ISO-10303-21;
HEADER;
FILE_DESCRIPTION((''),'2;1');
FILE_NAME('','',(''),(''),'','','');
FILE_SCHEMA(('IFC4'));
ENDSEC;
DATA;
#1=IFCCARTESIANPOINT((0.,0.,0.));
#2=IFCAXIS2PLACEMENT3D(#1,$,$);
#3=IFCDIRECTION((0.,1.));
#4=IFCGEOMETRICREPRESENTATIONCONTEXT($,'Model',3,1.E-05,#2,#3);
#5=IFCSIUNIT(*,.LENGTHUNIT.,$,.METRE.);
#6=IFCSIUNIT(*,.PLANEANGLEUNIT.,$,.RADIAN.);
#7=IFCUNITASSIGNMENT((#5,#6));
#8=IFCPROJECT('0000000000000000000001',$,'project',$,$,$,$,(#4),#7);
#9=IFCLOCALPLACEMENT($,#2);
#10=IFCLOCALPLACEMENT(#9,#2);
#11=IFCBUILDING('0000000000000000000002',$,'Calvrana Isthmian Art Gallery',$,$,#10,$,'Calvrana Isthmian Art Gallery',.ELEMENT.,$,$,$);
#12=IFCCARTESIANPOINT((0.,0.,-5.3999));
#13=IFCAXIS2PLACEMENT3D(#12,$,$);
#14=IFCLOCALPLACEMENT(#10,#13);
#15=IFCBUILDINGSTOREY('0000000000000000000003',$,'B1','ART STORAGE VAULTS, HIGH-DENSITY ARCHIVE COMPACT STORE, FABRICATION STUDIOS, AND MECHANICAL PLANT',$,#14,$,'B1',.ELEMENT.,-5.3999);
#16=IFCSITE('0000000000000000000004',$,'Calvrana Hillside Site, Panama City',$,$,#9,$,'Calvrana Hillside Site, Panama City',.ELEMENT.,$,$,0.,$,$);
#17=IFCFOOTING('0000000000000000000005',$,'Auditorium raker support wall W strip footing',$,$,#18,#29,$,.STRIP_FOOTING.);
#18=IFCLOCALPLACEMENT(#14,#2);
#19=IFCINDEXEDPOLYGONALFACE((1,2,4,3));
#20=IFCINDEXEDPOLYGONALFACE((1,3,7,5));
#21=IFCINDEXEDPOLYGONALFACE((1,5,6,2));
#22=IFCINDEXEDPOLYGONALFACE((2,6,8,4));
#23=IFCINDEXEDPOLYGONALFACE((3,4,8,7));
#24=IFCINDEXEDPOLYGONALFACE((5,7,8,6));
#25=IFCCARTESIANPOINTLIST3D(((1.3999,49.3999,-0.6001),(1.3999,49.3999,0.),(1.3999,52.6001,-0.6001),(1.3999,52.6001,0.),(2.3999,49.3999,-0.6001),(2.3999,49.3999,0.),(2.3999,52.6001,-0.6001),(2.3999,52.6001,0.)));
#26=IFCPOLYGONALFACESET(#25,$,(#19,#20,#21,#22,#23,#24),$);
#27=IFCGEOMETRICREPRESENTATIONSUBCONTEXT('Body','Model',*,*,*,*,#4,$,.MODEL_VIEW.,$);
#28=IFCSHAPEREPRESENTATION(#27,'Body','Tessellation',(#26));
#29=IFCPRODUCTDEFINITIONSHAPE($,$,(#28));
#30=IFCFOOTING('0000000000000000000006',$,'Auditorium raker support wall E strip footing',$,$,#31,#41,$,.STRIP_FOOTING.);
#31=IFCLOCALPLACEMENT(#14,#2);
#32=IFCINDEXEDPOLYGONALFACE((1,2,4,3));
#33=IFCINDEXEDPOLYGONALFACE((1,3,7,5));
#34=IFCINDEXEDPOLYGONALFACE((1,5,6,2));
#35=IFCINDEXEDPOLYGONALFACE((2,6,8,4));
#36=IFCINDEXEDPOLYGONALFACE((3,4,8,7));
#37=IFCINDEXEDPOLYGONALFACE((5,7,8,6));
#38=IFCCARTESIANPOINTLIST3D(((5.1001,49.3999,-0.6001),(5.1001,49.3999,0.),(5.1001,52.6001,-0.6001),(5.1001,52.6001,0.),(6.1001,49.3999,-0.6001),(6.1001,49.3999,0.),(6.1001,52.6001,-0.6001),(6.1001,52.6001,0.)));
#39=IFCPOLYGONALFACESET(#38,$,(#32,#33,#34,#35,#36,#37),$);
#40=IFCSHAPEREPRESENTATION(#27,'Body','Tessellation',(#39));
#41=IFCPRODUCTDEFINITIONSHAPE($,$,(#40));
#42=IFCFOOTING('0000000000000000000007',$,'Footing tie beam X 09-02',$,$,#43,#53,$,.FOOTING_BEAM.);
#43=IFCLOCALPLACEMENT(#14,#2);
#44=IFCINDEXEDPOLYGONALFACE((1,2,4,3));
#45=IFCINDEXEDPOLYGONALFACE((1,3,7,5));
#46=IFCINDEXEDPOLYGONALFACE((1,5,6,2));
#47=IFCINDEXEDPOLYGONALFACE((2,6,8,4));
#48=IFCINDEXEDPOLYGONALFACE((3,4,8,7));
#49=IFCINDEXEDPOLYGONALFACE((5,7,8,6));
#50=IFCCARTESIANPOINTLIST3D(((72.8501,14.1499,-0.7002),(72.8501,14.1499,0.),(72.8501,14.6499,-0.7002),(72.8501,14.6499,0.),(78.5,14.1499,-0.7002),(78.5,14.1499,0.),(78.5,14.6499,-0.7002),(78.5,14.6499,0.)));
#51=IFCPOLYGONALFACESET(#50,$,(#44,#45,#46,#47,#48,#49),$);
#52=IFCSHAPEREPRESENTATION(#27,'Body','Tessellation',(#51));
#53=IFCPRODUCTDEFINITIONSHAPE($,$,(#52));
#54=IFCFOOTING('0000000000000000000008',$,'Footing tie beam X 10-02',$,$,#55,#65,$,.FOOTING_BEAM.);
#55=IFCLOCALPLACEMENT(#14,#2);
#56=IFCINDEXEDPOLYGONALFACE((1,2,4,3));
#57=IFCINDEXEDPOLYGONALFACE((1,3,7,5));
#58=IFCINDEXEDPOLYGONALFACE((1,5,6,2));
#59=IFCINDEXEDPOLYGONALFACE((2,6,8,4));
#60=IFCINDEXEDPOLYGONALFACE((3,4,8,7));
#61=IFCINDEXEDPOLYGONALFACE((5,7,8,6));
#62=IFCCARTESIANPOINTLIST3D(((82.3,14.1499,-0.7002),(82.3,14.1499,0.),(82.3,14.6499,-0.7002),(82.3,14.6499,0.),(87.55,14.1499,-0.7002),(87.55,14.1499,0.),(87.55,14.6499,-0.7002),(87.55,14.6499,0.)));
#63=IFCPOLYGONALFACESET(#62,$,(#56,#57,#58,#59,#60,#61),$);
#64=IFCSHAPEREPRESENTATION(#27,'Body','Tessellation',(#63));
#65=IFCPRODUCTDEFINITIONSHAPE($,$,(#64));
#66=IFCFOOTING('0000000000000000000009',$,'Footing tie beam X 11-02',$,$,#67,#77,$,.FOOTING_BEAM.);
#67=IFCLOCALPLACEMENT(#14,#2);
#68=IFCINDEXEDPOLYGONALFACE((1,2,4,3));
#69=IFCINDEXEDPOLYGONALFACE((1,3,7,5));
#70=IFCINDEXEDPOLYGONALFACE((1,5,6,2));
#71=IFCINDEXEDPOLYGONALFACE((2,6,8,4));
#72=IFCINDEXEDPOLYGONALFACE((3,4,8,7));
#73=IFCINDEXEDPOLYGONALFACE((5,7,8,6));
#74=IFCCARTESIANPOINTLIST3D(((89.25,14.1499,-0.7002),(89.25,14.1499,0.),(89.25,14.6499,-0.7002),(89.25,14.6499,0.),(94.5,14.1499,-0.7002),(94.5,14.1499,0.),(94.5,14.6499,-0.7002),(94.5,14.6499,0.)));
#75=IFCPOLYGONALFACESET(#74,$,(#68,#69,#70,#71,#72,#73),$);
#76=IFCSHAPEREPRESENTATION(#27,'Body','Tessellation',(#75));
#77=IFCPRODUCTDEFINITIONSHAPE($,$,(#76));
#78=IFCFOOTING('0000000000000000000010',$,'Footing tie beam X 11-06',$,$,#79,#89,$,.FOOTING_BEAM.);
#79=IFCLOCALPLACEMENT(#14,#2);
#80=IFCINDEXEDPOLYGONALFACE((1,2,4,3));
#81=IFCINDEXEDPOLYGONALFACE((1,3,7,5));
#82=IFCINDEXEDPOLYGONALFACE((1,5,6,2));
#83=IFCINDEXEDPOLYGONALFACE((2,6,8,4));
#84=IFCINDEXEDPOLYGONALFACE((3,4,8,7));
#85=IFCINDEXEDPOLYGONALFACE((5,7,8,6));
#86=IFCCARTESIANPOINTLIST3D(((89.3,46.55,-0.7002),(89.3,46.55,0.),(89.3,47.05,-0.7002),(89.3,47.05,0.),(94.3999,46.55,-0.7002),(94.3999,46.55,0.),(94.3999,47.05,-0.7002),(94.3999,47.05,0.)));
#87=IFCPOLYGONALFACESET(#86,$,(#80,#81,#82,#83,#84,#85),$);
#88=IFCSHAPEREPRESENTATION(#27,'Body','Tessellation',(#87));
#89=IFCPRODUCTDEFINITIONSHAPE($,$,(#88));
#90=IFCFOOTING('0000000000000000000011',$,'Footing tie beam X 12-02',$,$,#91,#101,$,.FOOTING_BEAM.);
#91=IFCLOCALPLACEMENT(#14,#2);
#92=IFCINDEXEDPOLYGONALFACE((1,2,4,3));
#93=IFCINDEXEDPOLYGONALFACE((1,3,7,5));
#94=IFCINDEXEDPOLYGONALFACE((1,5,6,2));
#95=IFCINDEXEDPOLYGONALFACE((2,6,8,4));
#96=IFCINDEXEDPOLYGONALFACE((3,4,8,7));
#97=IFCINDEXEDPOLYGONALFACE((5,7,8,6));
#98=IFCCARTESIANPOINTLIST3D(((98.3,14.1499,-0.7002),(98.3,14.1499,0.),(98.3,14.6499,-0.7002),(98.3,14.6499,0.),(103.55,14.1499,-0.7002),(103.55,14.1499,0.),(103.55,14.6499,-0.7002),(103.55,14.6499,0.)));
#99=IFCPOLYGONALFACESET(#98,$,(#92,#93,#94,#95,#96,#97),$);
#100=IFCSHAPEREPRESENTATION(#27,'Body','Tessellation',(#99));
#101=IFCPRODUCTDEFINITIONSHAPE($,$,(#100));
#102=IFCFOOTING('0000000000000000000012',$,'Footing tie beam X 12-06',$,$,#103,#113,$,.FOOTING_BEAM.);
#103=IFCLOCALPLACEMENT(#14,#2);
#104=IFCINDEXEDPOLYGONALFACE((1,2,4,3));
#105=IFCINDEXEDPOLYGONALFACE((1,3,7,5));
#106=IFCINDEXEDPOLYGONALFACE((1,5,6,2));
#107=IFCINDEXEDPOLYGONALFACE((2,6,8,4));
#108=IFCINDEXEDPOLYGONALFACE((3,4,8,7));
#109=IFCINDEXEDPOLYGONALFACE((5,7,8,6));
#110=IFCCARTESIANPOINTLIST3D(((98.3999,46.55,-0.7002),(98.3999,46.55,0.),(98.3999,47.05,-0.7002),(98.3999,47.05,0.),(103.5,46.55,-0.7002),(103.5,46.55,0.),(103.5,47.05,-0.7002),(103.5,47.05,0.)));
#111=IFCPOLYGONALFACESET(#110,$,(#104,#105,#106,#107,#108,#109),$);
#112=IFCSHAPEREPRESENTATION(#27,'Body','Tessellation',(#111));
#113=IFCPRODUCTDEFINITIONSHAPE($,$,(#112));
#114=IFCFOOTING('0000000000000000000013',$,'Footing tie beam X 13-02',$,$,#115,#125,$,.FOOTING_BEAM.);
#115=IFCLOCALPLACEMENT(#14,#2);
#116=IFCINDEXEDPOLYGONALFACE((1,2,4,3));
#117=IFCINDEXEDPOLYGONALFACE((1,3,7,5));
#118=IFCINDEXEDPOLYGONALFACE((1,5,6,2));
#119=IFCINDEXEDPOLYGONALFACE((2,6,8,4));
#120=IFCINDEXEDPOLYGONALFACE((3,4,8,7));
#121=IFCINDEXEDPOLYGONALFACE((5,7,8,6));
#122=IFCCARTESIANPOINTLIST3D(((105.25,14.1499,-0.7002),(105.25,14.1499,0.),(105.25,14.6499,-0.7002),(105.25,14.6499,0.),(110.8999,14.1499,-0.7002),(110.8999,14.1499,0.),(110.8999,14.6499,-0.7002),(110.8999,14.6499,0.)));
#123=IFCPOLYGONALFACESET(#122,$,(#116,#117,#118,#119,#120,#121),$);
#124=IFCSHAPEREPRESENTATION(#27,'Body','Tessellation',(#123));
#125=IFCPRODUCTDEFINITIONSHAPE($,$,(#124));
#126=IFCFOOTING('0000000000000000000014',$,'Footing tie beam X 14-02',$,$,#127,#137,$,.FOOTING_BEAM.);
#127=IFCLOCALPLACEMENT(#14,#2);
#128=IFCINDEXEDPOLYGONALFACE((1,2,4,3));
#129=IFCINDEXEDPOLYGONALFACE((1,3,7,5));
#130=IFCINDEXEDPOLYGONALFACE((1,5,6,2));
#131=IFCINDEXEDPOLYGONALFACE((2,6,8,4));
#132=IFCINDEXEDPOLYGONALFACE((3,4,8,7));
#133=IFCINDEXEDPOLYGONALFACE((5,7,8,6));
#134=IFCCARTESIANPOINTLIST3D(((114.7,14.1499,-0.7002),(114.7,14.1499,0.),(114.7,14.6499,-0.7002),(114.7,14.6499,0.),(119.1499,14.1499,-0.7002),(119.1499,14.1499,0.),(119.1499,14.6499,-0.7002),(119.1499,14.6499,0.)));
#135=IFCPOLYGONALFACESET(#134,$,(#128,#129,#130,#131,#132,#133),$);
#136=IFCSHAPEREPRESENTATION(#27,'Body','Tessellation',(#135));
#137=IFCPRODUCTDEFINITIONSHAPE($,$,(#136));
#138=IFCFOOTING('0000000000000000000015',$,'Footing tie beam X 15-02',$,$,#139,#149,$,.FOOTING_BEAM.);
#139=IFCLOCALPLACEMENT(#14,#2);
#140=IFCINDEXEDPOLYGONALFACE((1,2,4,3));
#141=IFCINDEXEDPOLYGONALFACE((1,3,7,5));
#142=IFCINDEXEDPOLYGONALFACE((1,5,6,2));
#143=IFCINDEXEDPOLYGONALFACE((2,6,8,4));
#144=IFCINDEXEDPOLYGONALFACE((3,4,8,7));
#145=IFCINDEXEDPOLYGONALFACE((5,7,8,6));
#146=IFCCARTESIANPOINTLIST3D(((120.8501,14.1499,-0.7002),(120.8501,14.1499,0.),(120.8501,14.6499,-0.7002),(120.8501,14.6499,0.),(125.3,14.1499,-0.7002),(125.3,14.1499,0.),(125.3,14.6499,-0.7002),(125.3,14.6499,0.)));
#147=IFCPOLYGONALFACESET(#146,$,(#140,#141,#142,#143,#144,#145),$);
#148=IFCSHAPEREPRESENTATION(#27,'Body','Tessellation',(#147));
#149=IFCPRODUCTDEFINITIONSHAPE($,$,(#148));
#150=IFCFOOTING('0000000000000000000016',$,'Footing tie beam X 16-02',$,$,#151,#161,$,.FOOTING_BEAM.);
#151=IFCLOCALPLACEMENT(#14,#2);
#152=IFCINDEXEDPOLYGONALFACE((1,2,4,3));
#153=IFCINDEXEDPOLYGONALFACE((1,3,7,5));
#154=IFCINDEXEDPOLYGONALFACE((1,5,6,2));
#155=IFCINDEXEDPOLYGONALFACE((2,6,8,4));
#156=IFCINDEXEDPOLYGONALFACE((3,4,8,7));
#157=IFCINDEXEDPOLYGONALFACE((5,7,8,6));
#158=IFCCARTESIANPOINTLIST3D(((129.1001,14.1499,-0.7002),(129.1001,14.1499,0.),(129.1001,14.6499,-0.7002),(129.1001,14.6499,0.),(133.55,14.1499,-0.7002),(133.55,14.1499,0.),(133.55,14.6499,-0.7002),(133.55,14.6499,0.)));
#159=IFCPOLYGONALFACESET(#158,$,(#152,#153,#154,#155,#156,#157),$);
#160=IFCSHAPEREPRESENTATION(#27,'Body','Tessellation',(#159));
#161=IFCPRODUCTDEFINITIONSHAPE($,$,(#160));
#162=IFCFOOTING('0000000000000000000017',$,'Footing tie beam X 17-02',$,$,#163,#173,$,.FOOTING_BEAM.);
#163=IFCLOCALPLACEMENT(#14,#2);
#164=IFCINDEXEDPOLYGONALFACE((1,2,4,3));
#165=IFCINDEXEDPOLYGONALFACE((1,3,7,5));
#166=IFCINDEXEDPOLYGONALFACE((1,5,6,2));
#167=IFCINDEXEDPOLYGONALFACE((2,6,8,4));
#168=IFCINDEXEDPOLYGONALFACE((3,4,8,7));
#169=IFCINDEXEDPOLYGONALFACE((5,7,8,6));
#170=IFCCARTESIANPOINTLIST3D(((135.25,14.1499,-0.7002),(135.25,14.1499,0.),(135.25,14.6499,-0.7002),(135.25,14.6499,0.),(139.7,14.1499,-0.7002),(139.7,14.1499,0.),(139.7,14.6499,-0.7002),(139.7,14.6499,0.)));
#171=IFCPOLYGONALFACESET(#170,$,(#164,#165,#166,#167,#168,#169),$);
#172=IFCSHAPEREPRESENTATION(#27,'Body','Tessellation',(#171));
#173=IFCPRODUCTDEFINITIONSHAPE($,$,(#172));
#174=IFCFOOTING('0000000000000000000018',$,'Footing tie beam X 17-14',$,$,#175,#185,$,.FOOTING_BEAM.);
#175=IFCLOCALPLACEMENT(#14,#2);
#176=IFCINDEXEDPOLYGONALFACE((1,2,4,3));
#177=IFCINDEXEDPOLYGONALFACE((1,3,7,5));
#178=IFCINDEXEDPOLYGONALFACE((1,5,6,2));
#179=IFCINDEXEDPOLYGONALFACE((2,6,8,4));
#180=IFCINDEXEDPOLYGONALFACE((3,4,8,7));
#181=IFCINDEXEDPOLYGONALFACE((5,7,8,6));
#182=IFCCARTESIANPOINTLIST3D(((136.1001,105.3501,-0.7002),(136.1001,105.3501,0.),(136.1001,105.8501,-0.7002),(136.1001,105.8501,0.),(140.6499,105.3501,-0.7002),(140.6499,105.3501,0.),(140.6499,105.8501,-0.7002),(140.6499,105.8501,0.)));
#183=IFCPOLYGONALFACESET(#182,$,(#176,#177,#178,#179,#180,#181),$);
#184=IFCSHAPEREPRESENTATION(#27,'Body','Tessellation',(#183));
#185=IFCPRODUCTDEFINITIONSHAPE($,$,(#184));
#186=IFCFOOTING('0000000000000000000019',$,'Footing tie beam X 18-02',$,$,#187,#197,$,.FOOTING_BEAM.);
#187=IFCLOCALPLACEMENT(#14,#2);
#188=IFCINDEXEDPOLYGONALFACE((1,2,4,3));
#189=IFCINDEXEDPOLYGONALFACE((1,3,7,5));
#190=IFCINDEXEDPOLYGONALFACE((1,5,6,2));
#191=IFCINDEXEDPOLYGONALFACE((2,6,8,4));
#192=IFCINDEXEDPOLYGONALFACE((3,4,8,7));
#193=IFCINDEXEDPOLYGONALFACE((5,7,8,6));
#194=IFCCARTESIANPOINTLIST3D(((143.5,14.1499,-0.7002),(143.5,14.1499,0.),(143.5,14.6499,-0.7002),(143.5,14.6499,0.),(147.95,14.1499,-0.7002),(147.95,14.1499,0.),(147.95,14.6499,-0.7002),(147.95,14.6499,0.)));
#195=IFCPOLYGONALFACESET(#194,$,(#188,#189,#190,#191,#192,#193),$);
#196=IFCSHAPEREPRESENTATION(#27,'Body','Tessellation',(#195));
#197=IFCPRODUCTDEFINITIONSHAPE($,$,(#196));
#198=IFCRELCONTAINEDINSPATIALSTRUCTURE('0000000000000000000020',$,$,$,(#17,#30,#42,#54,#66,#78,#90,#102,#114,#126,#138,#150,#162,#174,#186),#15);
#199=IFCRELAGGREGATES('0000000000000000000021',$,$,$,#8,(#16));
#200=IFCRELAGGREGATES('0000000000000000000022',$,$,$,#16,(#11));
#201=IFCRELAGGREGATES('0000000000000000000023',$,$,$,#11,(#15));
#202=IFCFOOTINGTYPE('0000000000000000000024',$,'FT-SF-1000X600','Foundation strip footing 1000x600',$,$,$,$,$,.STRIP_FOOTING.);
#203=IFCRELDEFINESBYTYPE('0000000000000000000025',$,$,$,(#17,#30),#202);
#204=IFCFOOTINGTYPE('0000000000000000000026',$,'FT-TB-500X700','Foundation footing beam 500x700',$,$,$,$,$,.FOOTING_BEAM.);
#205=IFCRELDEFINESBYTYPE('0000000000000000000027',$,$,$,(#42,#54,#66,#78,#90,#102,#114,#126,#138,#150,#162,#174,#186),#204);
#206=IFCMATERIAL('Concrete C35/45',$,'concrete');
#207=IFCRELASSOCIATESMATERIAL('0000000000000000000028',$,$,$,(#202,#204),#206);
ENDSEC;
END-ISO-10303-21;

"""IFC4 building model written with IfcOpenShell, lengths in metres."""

from ifc_helpers import new_model, si_unit, direction, frame, origin, place, context, subcontext, project, spatial, polyline, outline, extrude, material, type_object, element, save


model = new_model("IFC4")

# Units and contexts
model_context = context("Model", 3, precision=1e-05, world=origin(), true_north=direction((0.0, 1.0)))
body_context = subcontext(model_context, "Body", "Model", "MODEL_VIEW")
ifc_project = project(units=[si_unit("LENGTHUNIT", "METRE"), si_unit("PLANEANGLEUNIT", "RADIAN")], contexts=[model_context])

# Site, building, storey
site_placement = place(None, origin())
site = spatial("IfcSite", under=ifc_project, at=site_placement, Name="Calvrana Hillside Site, Panama City", LongName="Calvrana Hillside Site, Panama City", CompositionType="ELEMENT", RefElevation=0.0)
building_placement = place(site_placement, origin())
building = spatial("IfcBuilding", under=site, at=building_placement, Name="Calvrana Isthmian Art Gallery", LongName="Calvrana Isthmian Art Gallery", CompositionType="ELEMENT")
storey_placement = place(building_placement, frame((0.0, 0.0, -5.3999)))
storey = spatial("IfcBuildingStorey", under=building, at=storey_placement, Name="B1", Description="ART STORAGE VAULTS, HIGH-DENSITY ARCHIVE COMPACT STORE, FABRICATION STUDIOS, AND MECHANICAL PLANT", LongName="B1", CompositionType="ELEMENT", Elevation=-5.3999)

# Footings
ifc_material = material(Name="Concrete C35/45", Category="concrete")
footing_type_1 = type_object("IfcFootingType", Name="FT-SF-1000X600", Description="Foundation strip footing 1000x600", PredefinedType="STRIP_FOOTING", material=ifc_material)
footing_1_placement = place(storey_placement, frame((0.0, 0.0, -0.6001)))
element("IfcFooting", 1, at=footing_1_placement, inside=storey, type_object=footing_type_1, Name="Auditorium raker support wall W strip footing", PredefinedType="STRIP_FOOTING", context=body_context, shape_type="SweptSolid", body=[
    extrude(outline(polyline([(2.3999, 49.3999), (2.3999, 52.6001), (1.3999, 52.6001), (1.3999, 49.3999), (2.3999, 49.3999)])), origin(), (0.0, 0.0, 1.0), 0.6001),
])
footing_2_placement = place(storey_placement, frame((0.0, 0.0, -0.6001)))
element("IfcFooting", 2, at=footing_2_placement, inside=storey, type_object=footing_type_1, Name="Auditorium raker support wall E strip footing", PredefinedType="STRIP_FOOTING", context=body_context, shape_type="SweptSolid", body=[
    extrude(outline(polyline([(6.1001, 49.3999), (6.1001, 52.6001), (5.1001, 52.6001), (5.1001, 49.3999), (6.1001, 49.3999)])), origin(), (0.0, 0.0, 1.0), 0.6001),
])
footing_type_2 = type_object("IfcFootingType", Name="FT-TB-500X700", Description="Foundation footing beam 500x700", PredefinedType="FOOTING_BEAM", material=ifc_material)
footing_3_placement = place(storey_placement, frame((0.0, 0.0, -0.7002)))
element("IfcFooting", 3, at=footing_3_placement, inside=storey, type_object=footing_type_2, Name="Footing tie beam X 09-02", PredefinedType="FOOTING_BEAM", context=body_context, shape_type="SweptSolid", body=[
    extrude(outline(polyline([(72.8501, 14.1499), (78.5, 14.1499), (78.5, 14.6499), (72.8501, 14.6499), (72.8501, 14.1499)])), origin(), (0.0, 0.0, 1.0), 0.7002),
])
footing_4_placement = place(storey_placement, frame((0.0, 0.0, -0.7002)))
element("IfcFooting", 4, at=footing_4_placement, inside=storey, type_object=footing_type_2, Name="Footing tie beam X 10-02", PredefinedType="FOOTING_BEAM", context=body_context, shape_type="SweptSolid", body=[
    extrude(outline(polyline([(82.3, 14.1499), (87.55, 14.1499), (87.55, 14.6499), (82.3, 14.6499), (82.3, 14.1499)])), origin(), (0.0, 0.0, 1.0), 0.7002),
])
footing_5_placement = place(storey_placement, frame((0.0, 0.0, -0.7002)))
element("IfcFooting", 5, at=footing_5_placement, inside=storey, type_object=footing_type_2, Name="Footing tie beam X 11-02", PredefinedType="FOOTING_BEAM", context=body_context, shape_type="SweptSolid", body=[
    extrude(outline(polyline([(89.25, 14.1499), (94.5, 14.1499), (94.5, 14.6499), (89.25, 14.6499), (89.25, 14.1499)])), origin(), (0.0, 0.0, 1.0), 0.7002),
])
footing_6_placement = place(storey_placement, frame((0.0, 0.0, -0.7002)))
element("IfcFooting", 6, at=footing_6_placement, inside=storey, type_object=footing_type_2, Name="Footing tie beam X 11-06", PredefinedType="FOOTING_BEAM", context=body_context, shape_type="SweptSolid", body=[
    extrude(outline(polyline([(89.3, 46.55), (94.3999, 46.55), (94.3999, 47.05), (89.3, 47.05), (89.3, 46.55)])), origin(), (0.0, 0.0, 1.0), 0.7002),
])
footing_7_placement = place(storey_placement, frame((0.0, 0.0, -0.7002)))
element("IfcFooting", 7, at=footing_7_placement, inside=storey, type_object=footing_type_2, Name="Footing tie beam X 12-02", PredefinedType="FOOTING_BEAM", context=body_context, shape_type="SweptSolid", body=[
    extrude(outline(polyline([(98.3, 14.1499), (103.55, 14.1499), (103.55, 14.6499), (98.3, 14.6499), (98.3, 14.1499)])), origin(), (0.0, 0.0, 1.0), 0.7002),
])
footing_8_placement = place(storey_placement, frame((0.0, 0.0, -0.7002)))
element("IfcFooting", 8, at=footing_8_placement, inside=storey, type_object=footing_type_2, Name="Footing tie beam X 12-06", PredefinedType="FOOTING_BEAM", context=body_context, shape_type="SweptSolid", body=[
    extrude(outline(polyline([(98.3999, 46.55), (103.5, 46.55), (103.5, 47.05), (98.3999, 47.05), (98.3999, 46.55)])), origin(), (0.0, 0.0, 1.0), 0.7002),
])
footing_9_placement = place(storey_placement, frame((0.0, 0.0, -0.7002)))
element("IfcFooting", 9, at=footing_9_placement, inside=storey, type_object=footing_type_2, Name="Footing tie beam X 13-02", PredefinedType="FOOTING_BEAM", context=body_context, shape_type="SweptSolid", body=[
    extrude(outline(polyline([(105.25, 14.1499), (110.8999, 14.1499), (110.8999, 14.6499), (105.25, 14.6499), (105.25, 14.1499)])), origin(), (0.0, 0.0, 1.0), 0.7002),
])
footing_10_placement = place(storey_placement, frame((0.0, 0.0, -0.7002)))
element("IfcFooting", 10, at=footing_10_placement, inside=storey, type_object=footing_type_2, Name="Footing tie beam X 14-02", PredefinedType="FOOTING_BEAM", context=body_context, shape_type="SweptSolid", body=[
    extrude(outline(polyline([(114.7, 14.1499), (119.1499, 14.1499), (119.1499, 14.6499), (114.7, 14.6499), (114.7, 14.1499)])), origin(), (0.0, 0.0, 1.0), 0.7002),
])
footing_11_placement = place(storey_placement, frame((0.0, 0.0, -0.7002)))
element("IfcFooting", 11, at=footing_11_placement, inside=storey, type_object=footing_type_2, Name="Footing tie beam X 15-02", PredefinedType="FOOTING_BEAM", context=body_context, shape_type="SweptSolid", body=[
    extrude(outline(polyline([(120.8501, 14.1499), (125.3, 14.1499), (125.3, 14.6499), (120.8501, 14.6499), (120.8501, 14.1499)])), origin(), (0.0, 0.0, 1.0), 0.7002),
])
footing_12_placement = place(storey_placement, frame((0.0, 0.0, -0.7002)))
element("IfcFooting", 12, at=footing_12_placement, inside=storey, type_object=footing_type_2, Name="Footing tie beam X 16-02", PredefinedType="FOOTING_BEAM", context=body_context, shape_type="SweptSolid", body=[
    extrude(outline(polyline([(129.1001, 14.1499), (133.55, 14.1499), (133.55, 14.6499), (129.1001, 14.6499), (129.1001, 14.1499)])), origin(), (0.0, 0.0, 1.0), 0.7002),
])
footing_13_placement = place(storey_placement, frame((0.0, 0.0, -0.7002)))
element("IfcFooting", 13, at=footing_13_placement, inside=storey, type_object=footing_type_2, Name="Footing tie beam X 17-02", PredefinedType="FOOTING_BEAM", context=body_context, shape_type="SweptSolid", body=[
    extrude(outline(polyline([(135.25, 14.1499), (139.7, 14.1499), (139.7, 14.6499), (135.25, 14.6499), (135.25, 14.1499)])), origin(), (0.0, 0.0, 1.0), 0.7002),
])
footing_14_placement = place(storey_placement, frame((0.0, 0.0, -0.7002)))
element("IfcFooting", 14, at=footing_14_placement, inside=storey, type_object=footing_type_2, Name="Footing tie beam X 17-14", PredefinedType="FOOTING_BEAM", context=body_context, shape_type="SweptSolid", body=[
    extrude(outline(polyline([(136.1001, 105.3501), (140.6499, 105.3501), (140.6499, 105.8501), (136.1001, 105.8501), (136.1001, 105.3501)])), origin(), (0.0, 0.0, 1.0), 0.7002),
])
footing_15_placement = place(storey_placement, frame((0.0, 0.0, -0.7002)))
element("IfcFooting", 15, at=footing_15_placement, inside=storey, type_object=footing_type_2, Name="Footing tie beam X 18-02", PredefinedType="FOOTING_BEAM", context=body_context, shape_type="SweptSolid", body=[
    extrude(outline(polyline([(143.5, 14.1499), (147.95, 14.1499), (147.95, 14.6499), (143.5, 14.6499), (143.5, 14.1499)])), origin(), (0.0, 0.0, 1.0), 0.7002),
])

save(model, "model.ifc")
